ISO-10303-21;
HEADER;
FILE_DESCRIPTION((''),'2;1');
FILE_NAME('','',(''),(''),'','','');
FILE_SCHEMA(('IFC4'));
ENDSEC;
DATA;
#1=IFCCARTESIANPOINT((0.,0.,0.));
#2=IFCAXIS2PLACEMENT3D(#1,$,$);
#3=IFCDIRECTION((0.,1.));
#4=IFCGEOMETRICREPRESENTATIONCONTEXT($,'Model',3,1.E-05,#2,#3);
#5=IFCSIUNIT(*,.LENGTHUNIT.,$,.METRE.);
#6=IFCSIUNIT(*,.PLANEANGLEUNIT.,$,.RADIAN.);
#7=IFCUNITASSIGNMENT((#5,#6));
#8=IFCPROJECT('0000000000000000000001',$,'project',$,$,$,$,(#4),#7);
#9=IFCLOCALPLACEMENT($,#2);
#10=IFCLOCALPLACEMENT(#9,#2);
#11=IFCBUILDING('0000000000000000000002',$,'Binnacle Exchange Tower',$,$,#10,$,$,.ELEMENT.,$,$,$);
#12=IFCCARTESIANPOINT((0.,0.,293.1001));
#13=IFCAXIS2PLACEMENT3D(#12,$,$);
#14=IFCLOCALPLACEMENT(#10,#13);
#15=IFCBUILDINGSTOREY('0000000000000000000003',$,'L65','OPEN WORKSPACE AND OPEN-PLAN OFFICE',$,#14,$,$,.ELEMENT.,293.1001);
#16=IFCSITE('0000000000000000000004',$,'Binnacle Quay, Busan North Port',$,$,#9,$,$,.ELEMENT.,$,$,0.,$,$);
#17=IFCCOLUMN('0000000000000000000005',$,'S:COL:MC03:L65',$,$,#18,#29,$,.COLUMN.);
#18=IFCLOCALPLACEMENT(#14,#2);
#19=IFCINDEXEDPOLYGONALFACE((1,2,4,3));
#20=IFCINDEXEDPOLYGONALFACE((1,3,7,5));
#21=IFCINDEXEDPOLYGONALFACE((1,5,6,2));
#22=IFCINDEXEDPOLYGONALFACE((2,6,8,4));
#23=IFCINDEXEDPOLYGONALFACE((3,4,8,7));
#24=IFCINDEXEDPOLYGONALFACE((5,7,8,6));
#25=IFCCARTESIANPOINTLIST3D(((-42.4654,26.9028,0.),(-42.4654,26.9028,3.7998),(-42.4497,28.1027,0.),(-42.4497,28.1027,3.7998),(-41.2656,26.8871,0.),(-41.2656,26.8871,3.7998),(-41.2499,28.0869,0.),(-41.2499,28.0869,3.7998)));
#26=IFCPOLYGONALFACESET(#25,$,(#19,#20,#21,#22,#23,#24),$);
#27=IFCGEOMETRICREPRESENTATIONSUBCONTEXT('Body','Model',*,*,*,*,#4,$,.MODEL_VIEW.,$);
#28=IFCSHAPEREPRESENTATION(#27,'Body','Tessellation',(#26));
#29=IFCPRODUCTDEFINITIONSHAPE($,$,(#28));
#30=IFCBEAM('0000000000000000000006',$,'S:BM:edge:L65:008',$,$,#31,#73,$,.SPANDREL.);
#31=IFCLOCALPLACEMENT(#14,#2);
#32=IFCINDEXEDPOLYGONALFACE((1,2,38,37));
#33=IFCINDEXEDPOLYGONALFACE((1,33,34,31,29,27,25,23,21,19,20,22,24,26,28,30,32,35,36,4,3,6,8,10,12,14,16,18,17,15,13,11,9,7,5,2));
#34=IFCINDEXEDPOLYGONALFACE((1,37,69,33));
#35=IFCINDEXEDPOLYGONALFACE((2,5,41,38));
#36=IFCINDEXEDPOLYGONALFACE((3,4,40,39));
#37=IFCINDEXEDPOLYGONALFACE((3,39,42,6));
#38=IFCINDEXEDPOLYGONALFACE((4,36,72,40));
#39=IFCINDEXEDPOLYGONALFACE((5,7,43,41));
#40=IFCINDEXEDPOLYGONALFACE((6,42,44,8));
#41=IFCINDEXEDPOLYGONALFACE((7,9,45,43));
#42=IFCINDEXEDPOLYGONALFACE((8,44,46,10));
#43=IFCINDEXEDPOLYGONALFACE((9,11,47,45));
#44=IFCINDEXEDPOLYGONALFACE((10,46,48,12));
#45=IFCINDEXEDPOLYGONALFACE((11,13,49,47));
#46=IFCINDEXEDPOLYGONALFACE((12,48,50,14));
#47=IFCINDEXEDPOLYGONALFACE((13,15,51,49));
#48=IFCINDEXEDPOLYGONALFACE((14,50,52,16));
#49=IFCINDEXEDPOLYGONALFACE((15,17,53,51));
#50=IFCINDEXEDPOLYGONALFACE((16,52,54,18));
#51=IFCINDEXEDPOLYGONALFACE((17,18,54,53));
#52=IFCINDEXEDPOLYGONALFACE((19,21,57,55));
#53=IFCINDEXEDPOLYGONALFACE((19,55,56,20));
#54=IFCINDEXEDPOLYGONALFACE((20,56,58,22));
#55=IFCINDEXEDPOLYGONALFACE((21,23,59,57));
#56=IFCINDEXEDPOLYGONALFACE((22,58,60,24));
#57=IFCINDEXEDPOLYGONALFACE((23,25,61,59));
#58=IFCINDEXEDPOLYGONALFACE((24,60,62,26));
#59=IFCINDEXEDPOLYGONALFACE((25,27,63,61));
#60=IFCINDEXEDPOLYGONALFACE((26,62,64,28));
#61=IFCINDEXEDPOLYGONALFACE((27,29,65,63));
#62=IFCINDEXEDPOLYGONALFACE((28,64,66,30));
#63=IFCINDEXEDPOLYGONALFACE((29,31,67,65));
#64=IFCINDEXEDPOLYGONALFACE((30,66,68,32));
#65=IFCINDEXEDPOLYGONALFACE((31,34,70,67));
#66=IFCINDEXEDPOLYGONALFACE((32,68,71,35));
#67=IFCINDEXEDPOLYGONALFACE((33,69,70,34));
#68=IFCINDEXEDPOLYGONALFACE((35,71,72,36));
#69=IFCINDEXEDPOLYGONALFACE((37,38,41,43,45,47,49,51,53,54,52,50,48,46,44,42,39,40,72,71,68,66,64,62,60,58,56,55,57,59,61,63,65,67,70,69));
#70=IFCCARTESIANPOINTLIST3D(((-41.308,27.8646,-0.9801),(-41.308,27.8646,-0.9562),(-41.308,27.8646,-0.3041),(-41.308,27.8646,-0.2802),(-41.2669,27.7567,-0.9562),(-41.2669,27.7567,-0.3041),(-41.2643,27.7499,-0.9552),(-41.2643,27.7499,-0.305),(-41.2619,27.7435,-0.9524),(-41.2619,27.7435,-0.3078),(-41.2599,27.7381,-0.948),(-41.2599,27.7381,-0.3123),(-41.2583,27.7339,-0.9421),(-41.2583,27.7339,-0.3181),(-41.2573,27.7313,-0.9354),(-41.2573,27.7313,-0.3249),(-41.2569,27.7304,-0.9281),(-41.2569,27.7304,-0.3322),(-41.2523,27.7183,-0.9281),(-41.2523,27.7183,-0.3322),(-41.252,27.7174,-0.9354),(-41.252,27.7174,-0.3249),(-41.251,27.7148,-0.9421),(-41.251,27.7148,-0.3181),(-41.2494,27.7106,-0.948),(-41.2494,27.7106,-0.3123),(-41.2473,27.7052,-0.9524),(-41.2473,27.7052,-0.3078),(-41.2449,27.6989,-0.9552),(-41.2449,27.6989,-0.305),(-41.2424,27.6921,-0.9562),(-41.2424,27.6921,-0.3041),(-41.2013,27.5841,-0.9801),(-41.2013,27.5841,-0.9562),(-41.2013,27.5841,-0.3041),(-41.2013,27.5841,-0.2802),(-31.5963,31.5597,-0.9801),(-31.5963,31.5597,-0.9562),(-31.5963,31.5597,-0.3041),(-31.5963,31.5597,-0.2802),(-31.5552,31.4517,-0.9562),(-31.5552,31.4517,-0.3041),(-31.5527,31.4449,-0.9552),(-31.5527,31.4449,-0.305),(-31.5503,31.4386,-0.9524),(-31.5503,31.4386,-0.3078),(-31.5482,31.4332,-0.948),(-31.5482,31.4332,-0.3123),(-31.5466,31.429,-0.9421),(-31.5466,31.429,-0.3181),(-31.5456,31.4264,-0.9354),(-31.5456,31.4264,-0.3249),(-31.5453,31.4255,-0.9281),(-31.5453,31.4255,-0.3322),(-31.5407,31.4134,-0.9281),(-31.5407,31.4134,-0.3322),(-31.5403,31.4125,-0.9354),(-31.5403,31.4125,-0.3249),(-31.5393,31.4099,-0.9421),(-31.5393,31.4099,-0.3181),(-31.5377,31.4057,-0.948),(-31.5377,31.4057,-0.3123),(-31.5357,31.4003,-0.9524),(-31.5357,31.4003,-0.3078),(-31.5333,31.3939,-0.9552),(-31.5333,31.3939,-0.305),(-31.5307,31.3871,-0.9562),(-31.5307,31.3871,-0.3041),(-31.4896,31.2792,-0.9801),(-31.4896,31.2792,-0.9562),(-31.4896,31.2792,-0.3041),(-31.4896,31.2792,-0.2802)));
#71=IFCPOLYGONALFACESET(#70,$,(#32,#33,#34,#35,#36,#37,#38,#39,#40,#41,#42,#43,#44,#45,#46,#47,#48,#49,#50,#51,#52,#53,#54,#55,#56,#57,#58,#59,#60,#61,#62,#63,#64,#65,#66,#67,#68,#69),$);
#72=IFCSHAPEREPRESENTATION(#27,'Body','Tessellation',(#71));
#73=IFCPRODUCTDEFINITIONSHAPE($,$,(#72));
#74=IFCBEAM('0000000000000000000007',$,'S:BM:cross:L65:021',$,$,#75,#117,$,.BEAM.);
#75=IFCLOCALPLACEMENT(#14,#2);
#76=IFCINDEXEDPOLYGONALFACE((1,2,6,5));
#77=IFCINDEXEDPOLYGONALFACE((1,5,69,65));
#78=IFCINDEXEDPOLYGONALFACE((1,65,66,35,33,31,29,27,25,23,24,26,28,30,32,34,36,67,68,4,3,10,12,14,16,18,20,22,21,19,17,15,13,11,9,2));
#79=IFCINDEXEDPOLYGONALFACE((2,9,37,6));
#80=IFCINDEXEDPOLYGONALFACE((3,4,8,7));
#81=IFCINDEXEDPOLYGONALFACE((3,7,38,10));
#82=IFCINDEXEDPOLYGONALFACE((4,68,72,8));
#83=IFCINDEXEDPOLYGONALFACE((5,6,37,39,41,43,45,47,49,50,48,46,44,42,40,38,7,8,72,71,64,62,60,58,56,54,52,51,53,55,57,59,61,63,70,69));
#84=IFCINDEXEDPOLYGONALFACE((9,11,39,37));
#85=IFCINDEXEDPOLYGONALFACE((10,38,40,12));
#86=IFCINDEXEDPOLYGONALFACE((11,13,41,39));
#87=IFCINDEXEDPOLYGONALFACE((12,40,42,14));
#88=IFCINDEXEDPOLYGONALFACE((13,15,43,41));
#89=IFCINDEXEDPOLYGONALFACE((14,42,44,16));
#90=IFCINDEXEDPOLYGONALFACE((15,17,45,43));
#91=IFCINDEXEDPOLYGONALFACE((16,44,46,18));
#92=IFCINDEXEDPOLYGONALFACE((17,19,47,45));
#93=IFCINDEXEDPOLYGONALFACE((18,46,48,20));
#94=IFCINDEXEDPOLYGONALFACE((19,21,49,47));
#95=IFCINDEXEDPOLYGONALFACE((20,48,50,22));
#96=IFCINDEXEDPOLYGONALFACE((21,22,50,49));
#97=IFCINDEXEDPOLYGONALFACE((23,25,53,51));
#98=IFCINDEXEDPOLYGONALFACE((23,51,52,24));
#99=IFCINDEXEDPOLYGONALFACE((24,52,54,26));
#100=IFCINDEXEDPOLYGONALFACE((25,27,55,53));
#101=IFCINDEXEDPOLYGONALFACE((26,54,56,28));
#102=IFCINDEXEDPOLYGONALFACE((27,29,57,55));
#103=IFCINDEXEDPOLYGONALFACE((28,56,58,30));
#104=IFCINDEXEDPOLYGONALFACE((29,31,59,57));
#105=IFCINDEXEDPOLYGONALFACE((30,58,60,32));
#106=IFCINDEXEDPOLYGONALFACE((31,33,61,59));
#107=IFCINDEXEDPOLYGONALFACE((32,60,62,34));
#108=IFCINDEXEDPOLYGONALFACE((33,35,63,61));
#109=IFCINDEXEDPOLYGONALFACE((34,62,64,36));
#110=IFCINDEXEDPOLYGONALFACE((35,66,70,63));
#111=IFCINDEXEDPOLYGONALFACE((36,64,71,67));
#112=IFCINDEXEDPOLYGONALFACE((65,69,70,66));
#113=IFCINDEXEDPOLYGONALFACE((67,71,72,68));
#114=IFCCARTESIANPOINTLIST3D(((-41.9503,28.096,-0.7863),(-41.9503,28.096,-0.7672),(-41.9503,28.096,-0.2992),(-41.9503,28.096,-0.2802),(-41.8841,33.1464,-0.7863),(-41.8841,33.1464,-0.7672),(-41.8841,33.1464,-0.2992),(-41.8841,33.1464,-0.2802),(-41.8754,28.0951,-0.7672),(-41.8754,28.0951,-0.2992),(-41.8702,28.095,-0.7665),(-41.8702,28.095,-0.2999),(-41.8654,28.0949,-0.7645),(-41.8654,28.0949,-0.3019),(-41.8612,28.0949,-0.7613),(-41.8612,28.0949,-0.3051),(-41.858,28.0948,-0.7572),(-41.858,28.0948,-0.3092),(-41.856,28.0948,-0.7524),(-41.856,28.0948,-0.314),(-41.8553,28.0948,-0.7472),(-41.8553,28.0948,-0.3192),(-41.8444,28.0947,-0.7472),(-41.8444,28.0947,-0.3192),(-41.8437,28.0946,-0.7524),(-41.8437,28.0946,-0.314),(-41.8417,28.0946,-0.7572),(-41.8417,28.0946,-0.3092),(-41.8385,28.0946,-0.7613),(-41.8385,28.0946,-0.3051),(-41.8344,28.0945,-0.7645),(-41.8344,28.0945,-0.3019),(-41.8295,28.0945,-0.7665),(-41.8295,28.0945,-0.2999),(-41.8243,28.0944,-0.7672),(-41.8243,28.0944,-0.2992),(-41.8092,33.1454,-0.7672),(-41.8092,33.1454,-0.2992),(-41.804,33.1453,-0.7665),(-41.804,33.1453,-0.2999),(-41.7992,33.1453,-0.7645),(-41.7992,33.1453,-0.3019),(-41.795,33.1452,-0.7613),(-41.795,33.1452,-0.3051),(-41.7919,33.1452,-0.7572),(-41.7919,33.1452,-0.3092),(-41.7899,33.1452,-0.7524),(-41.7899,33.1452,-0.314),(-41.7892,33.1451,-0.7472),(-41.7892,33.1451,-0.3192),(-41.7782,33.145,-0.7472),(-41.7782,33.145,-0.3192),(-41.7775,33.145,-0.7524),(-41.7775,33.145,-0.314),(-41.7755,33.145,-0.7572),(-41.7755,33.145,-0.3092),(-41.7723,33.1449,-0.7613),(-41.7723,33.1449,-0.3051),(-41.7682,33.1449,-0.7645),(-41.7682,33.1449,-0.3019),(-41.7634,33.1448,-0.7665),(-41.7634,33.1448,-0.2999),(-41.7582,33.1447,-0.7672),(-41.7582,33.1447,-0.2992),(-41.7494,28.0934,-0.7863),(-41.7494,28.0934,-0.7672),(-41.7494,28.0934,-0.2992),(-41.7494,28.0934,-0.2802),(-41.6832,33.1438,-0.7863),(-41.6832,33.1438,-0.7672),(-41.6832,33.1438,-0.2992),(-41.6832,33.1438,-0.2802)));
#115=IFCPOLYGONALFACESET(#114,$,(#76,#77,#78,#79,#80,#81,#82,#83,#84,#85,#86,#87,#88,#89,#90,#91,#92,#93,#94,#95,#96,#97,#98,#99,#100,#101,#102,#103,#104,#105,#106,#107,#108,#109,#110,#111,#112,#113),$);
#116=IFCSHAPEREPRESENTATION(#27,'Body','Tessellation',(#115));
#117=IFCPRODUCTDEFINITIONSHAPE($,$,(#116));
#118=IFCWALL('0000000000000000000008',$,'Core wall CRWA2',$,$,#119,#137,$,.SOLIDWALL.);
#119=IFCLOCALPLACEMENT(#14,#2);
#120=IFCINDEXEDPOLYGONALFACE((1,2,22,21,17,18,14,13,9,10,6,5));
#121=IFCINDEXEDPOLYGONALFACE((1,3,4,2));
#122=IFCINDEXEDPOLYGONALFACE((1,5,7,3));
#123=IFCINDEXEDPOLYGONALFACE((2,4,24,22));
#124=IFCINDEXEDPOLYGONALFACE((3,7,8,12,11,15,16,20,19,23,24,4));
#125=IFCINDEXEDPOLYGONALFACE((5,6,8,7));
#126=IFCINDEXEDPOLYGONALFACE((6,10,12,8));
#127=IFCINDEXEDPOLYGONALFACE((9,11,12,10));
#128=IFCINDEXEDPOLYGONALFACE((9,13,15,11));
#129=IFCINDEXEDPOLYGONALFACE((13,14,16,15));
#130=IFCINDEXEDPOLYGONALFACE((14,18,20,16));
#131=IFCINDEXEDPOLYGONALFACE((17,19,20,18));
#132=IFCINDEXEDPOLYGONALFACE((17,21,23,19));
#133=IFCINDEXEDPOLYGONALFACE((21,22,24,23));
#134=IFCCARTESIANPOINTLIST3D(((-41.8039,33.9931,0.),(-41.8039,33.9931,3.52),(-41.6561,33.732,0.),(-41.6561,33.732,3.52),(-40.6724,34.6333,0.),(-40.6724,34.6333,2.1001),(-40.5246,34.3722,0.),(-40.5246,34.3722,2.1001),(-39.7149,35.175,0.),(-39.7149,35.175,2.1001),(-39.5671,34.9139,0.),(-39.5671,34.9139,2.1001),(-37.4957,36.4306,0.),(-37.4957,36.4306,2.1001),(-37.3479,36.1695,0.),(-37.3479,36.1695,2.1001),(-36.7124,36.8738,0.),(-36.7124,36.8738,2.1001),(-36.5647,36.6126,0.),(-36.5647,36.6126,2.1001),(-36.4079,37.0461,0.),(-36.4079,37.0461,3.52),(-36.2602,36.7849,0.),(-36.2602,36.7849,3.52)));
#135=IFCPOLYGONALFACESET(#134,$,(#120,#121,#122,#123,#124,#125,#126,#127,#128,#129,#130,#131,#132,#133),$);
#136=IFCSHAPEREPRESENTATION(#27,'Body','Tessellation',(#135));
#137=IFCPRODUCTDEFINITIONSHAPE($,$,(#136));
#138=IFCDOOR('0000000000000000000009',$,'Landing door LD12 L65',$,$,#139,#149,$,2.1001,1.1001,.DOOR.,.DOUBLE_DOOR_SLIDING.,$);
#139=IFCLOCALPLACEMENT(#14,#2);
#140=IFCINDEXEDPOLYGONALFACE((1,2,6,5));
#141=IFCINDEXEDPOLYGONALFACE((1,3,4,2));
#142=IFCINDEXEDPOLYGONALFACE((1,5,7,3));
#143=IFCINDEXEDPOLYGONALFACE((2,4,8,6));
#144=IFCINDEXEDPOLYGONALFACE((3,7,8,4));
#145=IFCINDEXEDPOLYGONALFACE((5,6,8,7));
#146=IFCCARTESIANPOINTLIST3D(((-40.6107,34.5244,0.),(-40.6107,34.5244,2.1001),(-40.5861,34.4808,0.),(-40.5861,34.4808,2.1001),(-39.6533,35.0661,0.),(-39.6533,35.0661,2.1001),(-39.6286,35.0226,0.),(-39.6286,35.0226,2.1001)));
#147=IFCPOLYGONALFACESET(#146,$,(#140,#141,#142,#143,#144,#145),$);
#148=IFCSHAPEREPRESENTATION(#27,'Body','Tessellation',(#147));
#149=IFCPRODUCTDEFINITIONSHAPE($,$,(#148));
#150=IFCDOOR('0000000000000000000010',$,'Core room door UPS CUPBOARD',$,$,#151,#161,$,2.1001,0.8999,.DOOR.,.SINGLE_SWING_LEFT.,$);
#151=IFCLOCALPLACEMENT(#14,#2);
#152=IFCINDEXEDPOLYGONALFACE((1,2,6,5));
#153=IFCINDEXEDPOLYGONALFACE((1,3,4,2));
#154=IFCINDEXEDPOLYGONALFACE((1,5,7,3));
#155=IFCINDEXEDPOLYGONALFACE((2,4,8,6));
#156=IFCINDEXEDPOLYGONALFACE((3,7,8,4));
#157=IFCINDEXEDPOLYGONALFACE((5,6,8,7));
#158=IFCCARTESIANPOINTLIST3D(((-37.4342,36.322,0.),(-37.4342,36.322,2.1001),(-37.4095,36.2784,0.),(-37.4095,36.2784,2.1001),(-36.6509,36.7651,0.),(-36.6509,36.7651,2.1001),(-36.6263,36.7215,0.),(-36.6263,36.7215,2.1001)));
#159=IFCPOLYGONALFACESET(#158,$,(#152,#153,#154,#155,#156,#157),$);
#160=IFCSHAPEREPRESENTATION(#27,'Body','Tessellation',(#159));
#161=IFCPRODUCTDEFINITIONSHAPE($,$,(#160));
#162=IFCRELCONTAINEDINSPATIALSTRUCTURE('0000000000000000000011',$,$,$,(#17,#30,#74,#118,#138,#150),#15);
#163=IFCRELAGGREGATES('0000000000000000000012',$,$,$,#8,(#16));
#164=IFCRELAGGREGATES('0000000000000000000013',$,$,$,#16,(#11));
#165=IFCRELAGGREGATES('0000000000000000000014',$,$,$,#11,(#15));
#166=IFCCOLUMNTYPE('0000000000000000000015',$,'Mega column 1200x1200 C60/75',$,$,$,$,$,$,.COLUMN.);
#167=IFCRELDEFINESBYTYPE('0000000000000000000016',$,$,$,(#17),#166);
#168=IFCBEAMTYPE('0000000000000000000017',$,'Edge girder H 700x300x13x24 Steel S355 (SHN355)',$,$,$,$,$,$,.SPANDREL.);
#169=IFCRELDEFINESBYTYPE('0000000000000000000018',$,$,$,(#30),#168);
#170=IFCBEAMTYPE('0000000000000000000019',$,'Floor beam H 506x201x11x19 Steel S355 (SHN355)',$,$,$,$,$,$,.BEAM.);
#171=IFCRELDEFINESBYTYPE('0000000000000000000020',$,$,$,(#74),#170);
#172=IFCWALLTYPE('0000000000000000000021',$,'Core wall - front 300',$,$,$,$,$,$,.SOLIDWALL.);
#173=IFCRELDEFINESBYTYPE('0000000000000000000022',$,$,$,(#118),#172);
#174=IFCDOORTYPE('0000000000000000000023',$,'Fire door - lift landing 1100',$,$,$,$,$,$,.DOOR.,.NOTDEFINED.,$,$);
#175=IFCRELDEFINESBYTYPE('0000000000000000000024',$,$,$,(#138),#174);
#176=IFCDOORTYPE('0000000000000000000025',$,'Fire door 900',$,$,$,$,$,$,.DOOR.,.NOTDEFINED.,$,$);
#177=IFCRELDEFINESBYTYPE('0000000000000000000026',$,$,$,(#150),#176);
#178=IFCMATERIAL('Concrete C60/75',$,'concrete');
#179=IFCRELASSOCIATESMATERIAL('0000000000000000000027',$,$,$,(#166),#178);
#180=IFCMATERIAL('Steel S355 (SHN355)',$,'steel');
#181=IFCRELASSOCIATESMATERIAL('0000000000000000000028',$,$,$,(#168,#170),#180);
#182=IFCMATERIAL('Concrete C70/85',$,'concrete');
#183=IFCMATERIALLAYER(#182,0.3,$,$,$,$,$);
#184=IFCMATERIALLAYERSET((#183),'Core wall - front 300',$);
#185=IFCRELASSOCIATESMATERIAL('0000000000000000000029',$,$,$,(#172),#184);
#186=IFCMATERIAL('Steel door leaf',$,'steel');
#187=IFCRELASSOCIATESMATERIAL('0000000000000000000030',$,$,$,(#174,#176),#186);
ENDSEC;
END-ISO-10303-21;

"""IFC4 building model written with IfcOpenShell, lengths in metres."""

from ifc_helpers import new_model, si_unit, direction, frame, frame_2d, origin, origin_2d, place, context, subcontext, project, spatial, rectangle, i_section, extrude, material, layer, layer_set, material_profile, profile_set, type_object, element, fill, save


model = new_model("IFC4")

# Units and contexts
model_context = context("Model", 3, precision=1e-05, world=origin(), true_north=direction((0.0, 1.0)))
body_context = subcontext(model_context, "Body", "Model", "MODEL_VIEW")
ifc_project = project(units=[si_unit("LENGTHUNIT", "METRE"), si_unit("PLANEANGLEUNIT", "RADIAN")], contexts=[model_context])

# Site, building, storey
site_placement = place(None, origin())
site = spatial("IfcSite", under=ifc_project, at=site_placement, Name="Binnacle Quay, Busan North Port", CompositionType="ELEMENT", RefElevation=0.0)
building_placement = place(site_placement, origin())
building = spatial("IfcBuilding", under=site, at=building_placement, Name="Binnacle Exchange Tower", CompositionType="ELEMENT")
storey_placement = place(building_placement, frame((0.0, 0.0, 293.1001)))
storey = spatial("IfcBuildingStorey", under=building, at=storey_placement, Name="L65", Description="OPEN WORKSPACE AND OPEN-PLAN OFFICE", CompositionType="ELEMENT", Elevation=293.1001)

# Column
ifc_material_1 = material(Name="Concrete C60/75", Category="concrete")
ifc_material_profile_1 = material_profile(ifc_material_1, rectangle(XDim=1.2, YDim=1.2, at=origin_2d()), Name="Mega column 1200x1200 C60/75")
ifc_profile_set_1 = profile_set([ifc_material_profile_1], Name="Concrete C60/75")
column_type = type_object("IfcColumnType", Name="Mega column 1200x1200 C60/75", PredefinedType="COLUMN", material=ifc_profile_set_1)
column_placement = place(storey_placement, frame((-41.8577, 27.4949, 0.0), z_axis=(0.0, 0.0, 1.0), x_axis=(0.999914, -0.01309, 0.0)))
element("IfcColumn", 1, at=column_placement, inside=storey, type_object=column_type, Name="S:COL:MC03:L65", PredefinedType="COLUMN", context=body_context, shape_type="SweptSolid", body=[
    extrude(rectangle(XDim=1.2, YDim=1.2, at=origin_2d()), origin(), (0.0, 0.0, 1.0), 3.7998),
])

# Beams
ifc_material_2 = material(Name="Steel S355 (SHN355)", Category="steel")
ifc_material_profile_2 = material_profile(ifc_material_2, i_section(OverallWidth=0.3, OverallDepth=0.7, WebThickness=0.0129, FlangeThickness=0.0239, FilletRadius=0.0281, at=origin_2d()), Name="H 700x300x13x24")
ifc_profile_set_2 = profile_set([ifc_material_profile_2], Name="Steel S355 (SHN355)")
beam_type_1 = type_object("IfcBeamType", Name="Edge girder H 700x300x13x24 Steel S355 (SHN355)", PredefinedType="SPANDREL", material=ifc_profile_set_2)
beam_1_placement = place(storey_placement, frame((-41.2546, 27.7244, -0.6301), z_axis=(0.934635, 0.355607, 0.0), x_axis=(-0.355607, 0.934635, 0.0)))
element("IfcBeam", 2, at=beam_1_placement, inside=storey, type_object=beam_type_1, Name="S:BM:edge:L65:008", PredefinedType="SPANDREL", context=body_context, shape_type="SweptSolid", body=[
    extrude(i_section(OverallWidth=0.3, OverallDepth=0.7, WebThickness=0.0129, FlangeThickness=0.0239, FilletRadius=0.0281, at=origin_2d()), origin(), (0.0, 0.0, 1.0), 10.3909),
])
ifc_material_profile_3 = material_profile(ifc_material_2, i_section(OverallWidth=0.2009, OverallDepth=0.5061, WebThickness=0.011, FlangeThickness=0.019, FilletRadius=0.02, at=origin_2d()), Name="H 506x201x11x19")
ifc_profile_set_3 = profile_set([ifc_material_profile_3], Name="Steel S355 (SHN355)")
beam_type_2 = type_object("IfcBeamType", Name="Floor beam H 506x201x11x19 Steel S355 (SHN355)", PredefinedType="BEAM", material=ifc_profile_set_3)
beam_2_placement = place(storey_placement, frame((-41.8499, 28.0947, -0.5332), z_axis=(0.0131, 0.999914, 0.0), x_axis=(-0.999914, 0.0131, 0.0)))
element("IfcBeam", 3, at=beam_2_placement, inside=storey, type_object=beam_type_2, Name="S:BM:cross:L65:021", PredefinedType="BEAM", context=body_context, shape_type="SweptSolid", body=[
    extrude(i_section(OverallWidth=0.2009, OverallDepth=0.5061, WebThickness=0.011, FlangeThickness=0.019, FilletRadius=0.02, at=origin_2d()), origin(), (0.0, 0.0, 1.0), 5.0508),
])

# Wall, openings, doors
ifc_material_3 = material(Name="Concrete C70/85", Category="concrete")
ifc_layer_1 = layer(ifc_material_3, 0.3)
ifc_layer_set_1 = layer_set([ifc_layer_1], Name="Core wall - front 300")
wall_type_1 = type_object("IfcWallType", Name="Core wall - front 300", PredefinedType="SOLIDWALL", material=ifc_layer_set_1)
wall_1_placement = place(storey_placement, frame((-41.73, 33.8625, 0.0), z_axis=(0.0, 0.0, 1.0), x_axis=(0.870351, 0.492432, 0.0)))
wall_1 = element("IfcWall", 4, at=wall_1_placement, inside=storey, type_object=wall_type_1, Name="Core wall CRWA2", PredefinedType="SOLIDWALL", context=body_context, shape_type="SweptSolid", body=[
    extrude(rectangle(XDim=6.1997, YDim=0.3, at=frame_2d((3.0999, 0.0))), origin(), (0.0, 0.0, 1.0), 3.52),
])
opening_1_placement = place(wall_1_placement, frame((1.3, 0.0, 0.0)))
opening_1 = element("IfcOpeningElement", 5, at=opening_1_placement, cuts=wall_1, PredefinedType="OPENING", context=body_context, shape_type="SweptSolid", body=[
    extrude(rectangle(XDim=1.1001, YDim=2.1001, at=frame_2d((0.55, 1.05))), frame((0.0, 0.1599, 0.0), z_axis=(0.0, -1.0, 0.0), x_axis=(1.0, 0.0, 0.0)), (0.0, 0.0, 1.0), 0.3201),
])
opening_2_placement = place(wall_1_placement, frame((4.95, 0.0, 0.0)))
opening_2 = element("IfcOpeningElement", 6, at=opening_2_placement, cuts=wall_1, PredefinedType="OPENING", context=body_context, shape_type="SweptSolid", body=[
    extrude(rectangle(XDim=0.8999, YDim=2.1001, at=frame_2d((0.45, 1.05))), frame((0.0, 0.1599, 0.0), z_axis=(0.0, -1.0, 0.0), x_axis=(1.0, 0.0, 0.0)), (0.0, 0.0, 1.0), 0.3201),
])
ifc_material_4 = material(Name="Steel door leaf", Category="steel")
door_type_1 = type_object("IfcDoorType", Name="Fire door - lift landing 1100", OperationType="NOTDEFINED", PredefinedType="DOOR", material=ifc_material_4)
door_1_placement = place(opening_1_placement, origin())
door_1 = element("IfcDoor", 7, at=door_1_placement, inside=storey, type_object=door_type_1, Name="Landing door LD12 L65", OperationType="DOUBLE_DOOR_SLIDING", OverallHeight=2.1001, OverallWidth=1.1001, PredefinedType="DOOR", context=body_context, shape_type="SweptSolid", body=[
    extrude(rectangle(XDim=1.1001, YDim=2.1001, at=frame_2d((0.55, 1.05))), frame((0.0, 0.0249, 0.0), z_axis=(0.0, -1.0, 0.0), x_axis=(1.0, 0.0, 0.0)), (0.0, 0.0, 1.0), 0.05),
])
fill(opening_1, door_1)
door_type_2 = type_object("IfcDoorType", Name="Fire door 900", OperationType="NOTDEFINED", PredefinedType="DOOR", material=ifc_material_4)
door_2_placement = place(opening_2_placement, frame((0.8999, 0.0, 0.0), z_axis=(0.0, 0.0, 1.0), x_axis=(-1.0, 0.0, 0.0)))
door_2 = element("IfcDoor", 8, at=door_2_placement, inside=storey, type_object=door_type_2, Name="Core room door UPS CUPBOARD", OperationType="SINGLE_SWING_LEFT", OverallHeight=2.1001, OverallWidth=0.8999, PredefinedType="DOOR", context=body_context, shape_type="SweptSolid", body=[
    extrude(rectangle(XDim=0.8999, YDim=2.1001, at=frame_2d((0.45, 1.05))), frame((0.0, 0.0249, 0.0), z_axis=(0.0, -1.0, 0.0), x_axis=(1.0, 0.0, 0.0)), (0.0, 0.0, 1.0), 0.05),
])
fill(opening_2, door_2)

save(model, "model.ifc")
